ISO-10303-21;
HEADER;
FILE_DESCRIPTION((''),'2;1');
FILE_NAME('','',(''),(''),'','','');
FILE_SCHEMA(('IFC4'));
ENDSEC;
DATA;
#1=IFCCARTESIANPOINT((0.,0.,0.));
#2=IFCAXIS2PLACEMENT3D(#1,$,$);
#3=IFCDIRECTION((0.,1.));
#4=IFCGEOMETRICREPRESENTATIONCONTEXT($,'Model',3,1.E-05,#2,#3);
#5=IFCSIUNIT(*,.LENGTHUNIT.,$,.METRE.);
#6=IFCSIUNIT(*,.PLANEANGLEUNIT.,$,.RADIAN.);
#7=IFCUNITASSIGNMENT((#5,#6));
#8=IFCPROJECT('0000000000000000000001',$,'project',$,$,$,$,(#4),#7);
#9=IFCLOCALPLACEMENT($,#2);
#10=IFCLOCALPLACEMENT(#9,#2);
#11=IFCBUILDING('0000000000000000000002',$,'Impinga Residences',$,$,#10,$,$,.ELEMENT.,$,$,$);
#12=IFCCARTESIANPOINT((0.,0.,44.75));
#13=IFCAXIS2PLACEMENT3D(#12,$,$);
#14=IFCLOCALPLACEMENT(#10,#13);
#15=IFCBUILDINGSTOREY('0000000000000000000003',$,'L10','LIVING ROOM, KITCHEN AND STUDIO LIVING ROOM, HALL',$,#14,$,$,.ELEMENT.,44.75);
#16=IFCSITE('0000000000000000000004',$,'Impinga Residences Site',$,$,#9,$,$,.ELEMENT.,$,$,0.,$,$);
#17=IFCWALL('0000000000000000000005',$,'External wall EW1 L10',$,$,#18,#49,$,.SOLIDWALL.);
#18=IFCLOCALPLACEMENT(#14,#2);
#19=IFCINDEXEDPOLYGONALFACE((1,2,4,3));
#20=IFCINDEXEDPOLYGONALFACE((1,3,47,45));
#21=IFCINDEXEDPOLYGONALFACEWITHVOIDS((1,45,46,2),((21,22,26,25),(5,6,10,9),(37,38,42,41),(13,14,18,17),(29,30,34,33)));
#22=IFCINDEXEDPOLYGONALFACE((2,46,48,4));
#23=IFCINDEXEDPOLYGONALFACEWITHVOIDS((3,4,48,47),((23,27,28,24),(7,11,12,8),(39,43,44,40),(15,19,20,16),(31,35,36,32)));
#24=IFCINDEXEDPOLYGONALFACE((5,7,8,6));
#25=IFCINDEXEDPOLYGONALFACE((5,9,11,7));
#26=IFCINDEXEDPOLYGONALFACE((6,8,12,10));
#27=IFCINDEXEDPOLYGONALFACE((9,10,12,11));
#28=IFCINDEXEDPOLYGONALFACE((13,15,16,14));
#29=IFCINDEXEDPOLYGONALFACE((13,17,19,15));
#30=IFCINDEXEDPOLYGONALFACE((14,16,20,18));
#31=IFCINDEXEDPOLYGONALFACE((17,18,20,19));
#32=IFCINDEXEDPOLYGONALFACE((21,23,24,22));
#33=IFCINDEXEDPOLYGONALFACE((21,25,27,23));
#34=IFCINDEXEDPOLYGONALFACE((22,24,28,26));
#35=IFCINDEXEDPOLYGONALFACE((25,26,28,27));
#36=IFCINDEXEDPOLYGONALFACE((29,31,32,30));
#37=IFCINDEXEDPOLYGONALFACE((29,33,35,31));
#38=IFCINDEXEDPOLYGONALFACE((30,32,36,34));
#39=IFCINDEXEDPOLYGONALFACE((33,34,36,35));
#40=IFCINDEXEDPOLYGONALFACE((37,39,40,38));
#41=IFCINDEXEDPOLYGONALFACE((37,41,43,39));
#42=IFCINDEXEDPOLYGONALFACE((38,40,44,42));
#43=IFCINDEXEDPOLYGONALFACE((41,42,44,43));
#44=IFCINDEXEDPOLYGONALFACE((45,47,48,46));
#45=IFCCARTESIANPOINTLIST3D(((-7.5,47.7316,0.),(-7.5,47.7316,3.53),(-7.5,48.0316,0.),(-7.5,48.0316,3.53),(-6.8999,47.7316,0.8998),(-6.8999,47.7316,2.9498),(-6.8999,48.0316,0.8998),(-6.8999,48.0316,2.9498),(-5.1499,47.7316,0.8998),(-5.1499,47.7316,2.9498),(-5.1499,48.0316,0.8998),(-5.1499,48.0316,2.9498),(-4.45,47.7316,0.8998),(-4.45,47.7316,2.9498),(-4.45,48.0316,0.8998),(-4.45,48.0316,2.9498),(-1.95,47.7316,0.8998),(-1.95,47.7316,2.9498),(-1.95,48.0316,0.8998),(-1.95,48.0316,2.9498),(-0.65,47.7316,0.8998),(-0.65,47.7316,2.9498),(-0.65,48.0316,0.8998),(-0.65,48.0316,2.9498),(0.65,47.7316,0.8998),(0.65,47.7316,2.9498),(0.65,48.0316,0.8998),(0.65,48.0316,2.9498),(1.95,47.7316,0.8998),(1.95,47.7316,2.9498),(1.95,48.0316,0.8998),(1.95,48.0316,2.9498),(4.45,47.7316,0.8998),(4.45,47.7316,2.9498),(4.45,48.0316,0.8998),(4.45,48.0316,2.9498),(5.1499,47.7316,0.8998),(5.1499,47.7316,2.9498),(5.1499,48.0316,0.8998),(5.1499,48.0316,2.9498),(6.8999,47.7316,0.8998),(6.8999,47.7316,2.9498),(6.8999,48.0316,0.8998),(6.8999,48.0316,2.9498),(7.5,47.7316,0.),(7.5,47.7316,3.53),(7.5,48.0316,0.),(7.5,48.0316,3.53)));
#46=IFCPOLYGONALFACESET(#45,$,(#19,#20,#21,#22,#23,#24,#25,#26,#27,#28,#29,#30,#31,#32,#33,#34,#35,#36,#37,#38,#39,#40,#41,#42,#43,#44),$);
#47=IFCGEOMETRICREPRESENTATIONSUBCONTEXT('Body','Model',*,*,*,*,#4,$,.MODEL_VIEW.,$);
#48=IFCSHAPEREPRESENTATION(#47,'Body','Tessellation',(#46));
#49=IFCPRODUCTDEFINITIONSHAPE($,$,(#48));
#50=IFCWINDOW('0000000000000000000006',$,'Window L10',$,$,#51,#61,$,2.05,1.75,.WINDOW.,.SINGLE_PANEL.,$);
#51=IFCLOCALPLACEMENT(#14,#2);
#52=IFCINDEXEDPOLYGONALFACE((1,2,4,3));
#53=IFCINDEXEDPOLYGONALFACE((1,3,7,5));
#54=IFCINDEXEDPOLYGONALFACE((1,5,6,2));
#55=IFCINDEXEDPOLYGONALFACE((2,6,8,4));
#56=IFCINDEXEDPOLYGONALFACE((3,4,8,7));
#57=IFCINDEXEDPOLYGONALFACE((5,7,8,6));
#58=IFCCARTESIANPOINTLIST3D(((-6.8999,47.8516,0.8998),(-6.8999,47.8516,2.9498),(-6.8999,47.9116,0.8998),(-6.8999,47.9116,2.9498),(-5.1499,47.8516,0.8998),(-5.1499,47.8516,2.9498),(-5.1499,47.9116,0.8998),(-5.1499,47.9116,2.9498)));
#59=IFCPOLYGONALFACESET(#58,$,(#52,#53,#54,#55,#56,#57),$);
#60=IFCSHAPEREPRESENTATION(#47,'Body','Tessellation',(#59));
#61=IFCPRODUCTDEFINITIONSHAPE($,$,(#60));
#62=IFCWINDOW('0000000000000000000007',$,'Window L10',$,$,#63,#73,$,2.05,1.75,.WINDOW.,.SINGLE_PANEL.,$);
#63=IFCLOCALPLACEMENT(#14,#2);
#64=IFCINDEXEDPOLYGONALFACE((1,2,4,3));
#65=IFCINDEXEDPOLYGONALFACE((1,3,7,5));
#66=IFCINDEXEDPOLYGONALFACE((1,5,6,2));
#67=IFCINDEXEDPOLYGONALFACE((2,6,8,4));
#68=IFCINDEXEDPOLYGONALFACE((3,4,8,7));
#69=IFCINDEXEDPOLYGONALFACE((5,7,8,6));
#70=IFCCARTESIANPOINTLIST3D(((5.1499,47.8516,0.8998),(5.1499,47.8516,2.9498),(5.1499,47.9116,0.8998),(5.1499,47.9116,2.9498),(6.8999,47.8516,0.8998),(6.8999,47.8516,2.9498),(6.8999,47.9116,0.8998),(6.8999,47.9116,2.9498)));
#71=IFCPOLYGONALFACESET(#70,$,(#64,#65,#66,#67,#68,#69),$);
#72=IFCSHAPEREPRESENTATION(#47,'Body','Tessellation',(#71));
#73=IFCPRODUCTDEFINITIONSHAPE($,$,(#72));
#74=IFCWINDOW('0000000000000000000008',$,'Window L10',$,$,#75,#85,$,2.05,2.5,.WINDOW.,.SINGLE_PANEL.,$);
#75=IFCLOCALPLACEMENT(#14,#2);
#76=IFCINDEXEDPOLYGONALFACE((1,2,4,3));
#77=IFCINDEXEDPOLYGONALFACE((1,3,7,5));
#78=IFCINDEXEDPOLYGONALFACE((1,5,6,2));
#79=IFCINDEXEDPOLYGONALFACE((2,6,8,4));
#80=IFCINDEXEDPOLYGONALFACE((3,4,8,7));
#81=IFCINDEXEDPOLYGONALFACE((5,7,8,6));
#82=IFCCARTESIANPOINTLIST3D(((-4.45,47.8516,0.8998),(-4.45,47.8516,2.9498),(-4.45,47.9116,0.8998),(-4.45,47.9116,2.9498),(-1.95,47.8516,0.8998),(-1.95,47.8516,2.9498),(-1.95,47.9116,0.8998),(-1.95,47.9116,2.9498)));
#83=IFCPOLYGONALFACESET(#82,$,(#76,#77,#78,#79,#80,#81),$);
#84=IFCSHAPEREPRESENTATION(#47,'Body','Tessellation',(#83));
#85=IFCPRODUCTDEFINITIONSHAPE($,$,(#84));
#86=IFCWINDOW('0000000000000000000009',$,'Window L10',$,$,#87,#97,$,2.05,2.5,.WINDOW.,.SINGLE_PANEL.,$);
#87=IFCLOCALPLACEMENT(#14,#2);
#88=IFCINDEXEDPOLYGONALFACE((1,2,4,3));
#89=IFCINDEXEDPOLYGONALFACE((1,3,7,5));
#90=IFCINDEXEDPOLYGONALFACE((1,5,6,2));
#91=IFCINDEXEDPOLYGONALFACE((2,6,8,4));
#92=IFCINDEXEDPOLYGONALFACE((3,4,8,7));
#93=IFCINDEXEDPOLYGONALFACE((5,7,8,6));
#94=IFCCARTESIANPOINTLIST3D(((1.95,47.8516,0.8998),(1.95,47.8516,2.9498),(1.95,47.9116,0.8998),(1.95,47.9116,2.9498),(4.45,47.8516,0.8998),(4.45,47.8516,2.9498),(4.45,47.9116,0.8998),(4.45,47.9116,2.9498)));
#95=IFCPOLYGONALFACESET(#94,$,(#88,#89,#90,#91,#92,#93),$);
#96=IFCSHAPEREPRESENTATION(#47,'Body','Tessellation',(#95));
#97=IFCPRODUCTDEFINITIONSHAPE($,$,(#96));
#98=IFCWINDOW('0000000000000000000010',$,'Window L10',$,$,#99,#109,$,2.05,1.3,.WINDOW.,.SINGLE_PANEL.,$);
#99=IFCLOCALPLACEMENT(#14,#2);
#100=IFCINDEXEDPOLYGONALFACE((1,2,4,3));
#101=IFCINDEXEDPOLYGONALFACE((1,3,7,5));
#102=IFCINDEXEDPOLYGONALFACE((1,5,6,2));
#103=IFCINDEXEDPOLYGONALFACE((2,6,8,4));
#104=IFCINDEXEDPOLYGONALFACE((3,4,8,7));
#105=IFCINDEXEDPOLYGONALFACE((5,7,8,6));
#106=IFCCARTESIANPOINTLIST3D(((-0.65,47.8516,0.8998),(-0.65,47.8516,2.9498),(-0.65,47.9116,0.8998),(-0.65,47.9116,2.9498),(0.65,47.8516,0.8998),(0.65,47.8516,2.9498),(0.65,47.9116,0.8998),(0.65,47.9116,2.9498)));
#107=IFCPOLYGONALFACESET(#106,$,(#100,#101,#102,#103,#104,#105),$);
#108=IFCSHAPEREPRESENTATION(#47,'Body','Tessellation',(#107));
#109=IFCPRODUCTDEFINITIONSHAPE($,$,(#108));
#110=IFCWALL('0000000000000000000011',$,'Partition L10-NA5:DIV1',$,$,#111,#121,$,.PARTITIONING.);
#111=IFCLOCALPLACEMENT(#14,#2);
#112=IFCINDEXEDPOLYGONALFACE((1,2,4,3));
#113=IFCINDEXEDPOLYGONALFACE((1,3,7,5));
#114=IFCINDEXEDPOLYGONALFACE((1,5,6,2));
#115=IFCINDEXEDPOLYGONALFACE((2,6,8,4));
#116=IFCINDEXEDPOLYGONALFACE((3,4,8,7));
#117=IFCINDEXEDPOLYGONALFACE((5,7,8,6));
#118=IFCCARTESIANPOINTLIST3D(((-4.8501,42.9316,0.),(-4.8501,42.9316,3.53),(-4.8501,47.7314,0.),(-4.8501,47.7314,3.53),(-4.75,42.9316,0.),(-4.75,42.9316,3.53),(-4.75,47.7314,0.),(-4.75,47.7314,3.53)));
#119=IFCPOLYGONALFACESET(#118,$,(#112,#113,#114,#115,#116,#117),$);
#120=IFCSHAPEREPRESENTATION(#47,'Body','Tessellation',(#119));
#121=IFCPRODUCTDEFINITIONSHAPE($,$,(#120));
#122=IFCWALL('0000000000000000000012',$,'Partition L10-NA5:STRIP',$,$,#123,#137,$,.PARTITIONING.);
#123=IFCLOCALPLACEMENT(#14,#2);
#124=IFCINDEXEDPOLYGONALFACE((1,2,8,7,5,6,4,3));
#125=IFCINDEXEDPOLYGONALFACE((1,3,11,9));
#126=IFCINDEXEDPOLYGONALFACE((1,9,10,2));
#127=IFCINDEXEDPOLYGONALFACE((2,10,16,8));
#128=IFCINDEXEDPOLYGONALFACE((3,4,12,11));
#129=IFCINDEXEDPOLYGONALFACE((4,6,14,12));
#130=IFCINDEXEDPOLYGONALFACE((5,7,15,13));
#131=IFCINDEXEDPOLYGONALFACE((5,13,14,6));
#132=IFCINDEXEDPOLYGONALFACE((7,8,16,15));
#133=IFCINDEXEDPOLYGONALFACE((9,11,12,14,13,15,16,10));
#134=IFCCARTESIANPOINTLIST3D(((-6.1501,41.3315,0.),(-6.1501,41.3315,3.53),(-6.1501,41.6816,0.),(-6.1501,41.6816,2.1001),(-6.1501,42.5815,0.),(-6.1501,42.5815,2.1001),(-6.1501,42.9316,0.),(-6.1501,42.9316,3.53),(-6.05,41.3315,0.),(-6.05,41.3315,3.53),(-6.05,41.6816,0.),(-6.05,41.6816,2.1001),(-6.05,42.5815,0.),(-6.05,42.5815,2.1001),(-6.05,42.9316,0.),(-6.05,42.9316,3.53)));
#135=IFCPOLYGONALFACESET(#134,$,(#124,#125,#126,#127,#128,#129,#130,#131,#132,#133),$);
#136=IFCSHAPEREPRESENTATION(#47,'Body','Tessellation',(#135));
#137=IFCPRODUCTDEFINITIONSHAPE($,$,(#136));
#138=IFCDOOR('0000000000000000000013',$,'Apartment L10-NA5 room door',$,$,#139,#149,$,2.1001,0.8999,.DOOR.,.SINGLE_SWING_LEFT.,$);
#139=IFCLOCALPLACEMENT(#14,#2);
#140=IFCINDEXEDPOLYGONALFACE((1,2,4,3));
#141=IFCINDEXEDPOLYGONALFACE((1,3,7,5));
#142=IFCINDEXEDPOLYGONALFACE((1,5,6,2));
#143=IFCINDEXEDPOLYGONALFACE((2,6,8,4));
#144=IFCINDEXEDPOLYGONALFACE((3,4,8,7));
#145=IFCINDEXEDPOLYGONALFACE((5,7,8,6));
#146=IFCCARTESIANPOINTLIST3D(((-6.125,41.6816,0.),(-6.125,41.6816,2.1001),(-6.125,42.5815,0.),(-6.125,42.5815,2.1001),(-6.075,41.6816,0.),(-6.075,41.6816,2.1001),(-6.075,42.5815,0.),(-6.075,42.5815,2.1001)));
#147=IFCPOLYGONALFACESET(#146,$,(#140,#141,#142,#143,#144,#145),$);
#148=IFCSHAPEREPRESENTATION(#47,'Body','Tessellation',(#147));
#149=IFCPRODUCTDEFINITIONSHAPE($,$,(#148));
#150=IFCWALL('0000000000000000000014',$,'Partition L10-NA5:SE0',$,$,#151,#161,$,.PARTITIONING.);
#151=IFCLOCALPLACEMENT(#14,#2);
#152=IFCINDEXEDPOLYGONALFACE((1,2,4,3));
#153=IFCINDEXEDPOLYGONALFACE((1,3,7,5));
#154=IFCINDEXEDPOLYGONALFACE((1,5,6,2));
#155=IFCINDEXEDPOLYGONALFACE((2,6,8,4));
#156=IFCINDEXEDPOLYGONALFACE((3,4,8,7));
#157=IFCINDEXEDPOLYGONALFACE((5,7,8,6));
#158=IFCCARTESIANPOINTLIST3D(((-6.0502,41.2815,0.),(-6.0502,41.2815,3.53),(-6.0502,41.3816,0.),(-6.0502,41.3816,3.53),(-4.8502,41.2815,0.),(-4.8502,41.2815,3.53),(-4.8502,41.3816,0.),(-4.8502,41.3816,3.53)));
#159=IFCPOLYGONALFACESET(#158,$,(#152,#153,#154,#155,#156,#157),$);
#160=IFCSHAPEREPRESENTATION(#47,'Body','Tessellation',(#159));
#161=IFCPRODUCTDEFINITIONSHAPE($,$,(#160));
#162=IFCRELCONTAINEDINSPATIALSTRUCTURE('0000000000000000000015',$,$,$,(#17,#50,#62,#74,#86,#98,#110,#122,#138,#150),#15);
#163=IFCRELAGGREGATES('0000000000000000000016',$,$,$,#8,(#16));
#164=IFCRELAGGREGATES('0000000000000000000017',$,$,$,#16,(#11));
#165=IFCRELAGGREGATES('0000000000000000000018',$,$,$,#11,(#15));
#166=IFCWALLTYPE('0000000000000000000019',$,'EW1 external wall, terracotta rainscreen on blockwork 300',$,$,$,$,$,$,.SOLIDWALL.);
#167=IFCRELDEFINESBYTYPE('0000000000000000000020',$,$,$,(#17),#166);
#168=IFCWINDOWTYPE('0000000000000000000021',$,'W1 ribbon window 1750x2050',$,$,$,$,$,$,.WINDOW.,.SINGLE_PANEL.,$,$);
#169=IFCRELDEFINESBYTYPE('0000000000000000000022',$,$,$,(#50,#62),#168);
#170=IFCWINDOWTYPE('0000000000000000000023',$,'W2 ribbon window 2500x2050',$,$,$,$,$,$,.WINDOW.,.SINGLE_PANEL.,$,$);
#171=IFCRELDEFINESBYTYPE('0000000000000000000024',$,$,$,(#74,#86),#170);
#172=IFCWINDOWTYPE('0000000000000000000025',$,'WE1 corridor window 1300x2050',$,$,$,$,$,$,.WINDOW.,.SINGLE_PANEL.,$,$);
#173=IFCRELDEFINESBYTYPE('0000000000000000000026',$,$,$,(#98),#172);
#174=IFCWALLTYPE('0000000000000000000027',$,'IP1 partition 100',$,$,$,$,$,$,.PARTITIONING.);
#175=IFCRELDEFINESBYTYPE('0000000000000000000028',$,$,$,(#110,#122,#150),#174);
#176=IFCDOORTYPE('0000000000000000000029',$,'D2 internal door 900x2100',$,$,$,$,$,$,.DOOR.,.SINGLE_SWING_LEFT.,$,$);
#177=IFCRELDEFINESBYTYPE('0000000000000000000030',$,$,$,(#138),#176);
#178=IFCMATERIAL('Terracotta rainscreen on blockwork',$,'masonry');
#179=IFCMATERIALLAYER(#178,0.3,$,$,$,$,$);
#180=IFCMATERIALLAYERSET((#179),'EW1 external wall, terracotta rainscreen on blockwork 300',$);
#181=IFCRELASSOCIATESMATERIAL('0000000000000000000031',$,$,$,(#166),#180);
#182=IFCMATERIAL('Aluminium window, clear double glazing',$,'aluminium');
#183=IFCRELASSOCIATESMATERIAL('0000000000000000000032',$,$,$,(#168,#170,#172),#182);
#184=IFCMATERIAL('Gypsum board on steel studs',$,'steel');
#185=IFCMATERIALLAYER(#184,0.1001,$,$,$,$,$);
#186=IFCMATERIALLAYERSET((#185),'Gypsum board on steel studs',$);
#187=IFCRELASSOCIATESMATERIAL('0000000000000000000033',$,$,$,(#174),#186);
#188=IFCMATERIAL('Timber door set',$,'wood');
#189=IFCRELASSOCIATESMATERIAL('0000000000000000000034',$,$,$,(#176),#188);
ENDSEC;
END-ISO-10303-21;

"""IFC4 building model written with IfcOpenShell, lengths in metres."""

from ifc_helpers import new_model, si_unit, direction, frame, frame_2d, origin, place, context, subcontext, project, spatial, rectangle, extrude, material, layer, layer_set, type_object, element, fill, save


model = new_model("IFC4")

# Units and contexts
model_context = context("Model", 3, precision=1e-05, world=origin(), true_north=direction((0.0, 1.0)))
body_context = subcontext(model_context, "Body", "Model", "MODEL_VIEW")
ifc_project = project(units=[si_unit("LENGTHUNIT", "METRE"), si_unit("PLANEANGLEUNIT", "RADIAN")], contexts=[model_context])

# Site, building, storey
site_placement = place(None, origin())
site = spatial("IfcSite", under=ifc_project, at=site_placement, Name="Impinga Residences Site", CompositionType="ELEMENT", RefElevation=0.0)
building_placement = place(site_placement, origin())
building = spatial("IfcBuilding", under=site, at=building_placement, Name="Impinga Residences", CompositionType="ELEMENT")
storey_placement = place(building_placement, frame((0.0, 0.0, 44.75)))
storey = spatial("IfcBuildingStorey", under=building, at=storey_placement, Name="L10", Description="LIVING ROOM, KITCHEN AND STUDIO LIVING ROOM, HALL", CompositionType="ELEMENT", Elevation=44.75)

# Shared definitions
ifc_material_1 = material(Name="Terracotta rainscreen on blockwork", Category="masonry")
ifc_layer_1 = layer(ifc_material_1, 0.3)
ifc_layer_set_1 = layer_set([ifc_layer_1], Name="EW1 external wall, terracotta rainscreen on blockwork 300")
wall_type_1 = type_object("IfcWallType", Name="EW1 external wall, terracotta rainscreen on blockwork 300", PredefinedType="SOLIDWALL", material=ifc_layer_set_1)

# Wall, openings, windows
wall_1_placement = place(storey_placement, frame((-7.5, 47.8816, 0.0), z_axis=(0.0, 0.0, 1.0), x_axis=(1.0, 0.0, 0.0)))
wall_1 = element("IfcWall", 1, at=wall_1_placement, inside=storey, type_object=wall_type_1, Name="External wall EW1 L10", PredefinedType="SOLIDWALL", context=body_context, shape_type="SweptSolid", body=[
    extrude(rectangle(XDim=15.0, YDim=0.3, at=frame_2d((7.5, 0.0))), origin(), (0.0, 0.0, 1.0), 3.53),
])
opening_1_placement = place(wall_1_placement, frame((0.6001, 0.0, 0.8999)))
opening_1 = element("IfcOpeningElement", 2, at=opening_1_placement, cuts=wall_1, PredefinedType="OPENING", context=body_context, shape_type="SweptSolid", body=[
    extrude(rectangle(XDim=1.75, YDim=2.05, at=frame_2d((0.875, 1.0249))), frame((0.0, 0.1599, 0.0), z_axis=(0.0, -1.0, 0.0), x_axis=(1.0, 0.0, 0.0)), (0.0, 0.0, 1.0), 0.3201),
])
opening_2_placement = place(wall_1_placement, frame((3.05, 0.0, 0.8999)))
opening_2 = element("IfcOpeningElement", 3, at=opening_2_placement, cuts=wall_1, PredefinedType="OPENING", context=body_context, shape_type="SweptSolid", body=[
    extrude(rectangle(XDim=2.5, YDim=2.05, at=frame_2d((1.25, 1.0249))), frame((0.0, 0.1599, 0.0), z_axis=(0.0, -1.0, 0.0), x_axis=(1.0, 0.0, 0.0)), (0.0, 0.0, 1.0), 0.3201),
])
opening_3_placement = place(wall_1_placement, frame((6.8501, 0.0, 0.8999)))
opening_3 = element("IfcOpeningElement", 4, at=opening_3_placement, cuts=wall_1, PredefinedType="OPENING", context=body_context, shape_type="SweptSolid", body=[
    extrude(rectangle(XDim=1.3, YDim=2.05, at=frame_2d((0.6499, 1.0249))), frame((0.0, 0.1599, 0.0), z_axis=(0.0, -1.0, 0.0), x_axis=(1.0, 0.0, 0.0)), (0.0, 0.0, 1.0), 0.3201),
])
opening_4_placement = place(wall_1_placement, frame((9.45, 0.0, 0.8999)))
opening_4 = element("IfcOpeningElement", 5, at=opening_4_placement, cuts=wall_1, PredefinedType="OPENING", context=body_context, shape_type="SweptSolid", body=[
    extrude(rectangle(XDim=2.5, YDim=2.05, at=frame_2d((1.25, 1.0249))), frame((0.0, 0.1599, 0.0), z_axis=(0.0, -1.0, 0.0), x_axis=(1.0, 0.0, 0.0)), (0.0, 0.0, 1.0), 0.3201),
])
opening_5_placement = place(wall_1_placement, frame((12.6499, 0.0, 0.8999)))
opening_5 = element("IfcOpeningElement", 6, at=opening_5_placement, cuts=wall_1, PredefinedType="OPENING", context=body_context, shape_type="SweptSolid", body=[
    extrude(rectangle(XDim=1.75, YDim=2.05, at=frame_2d((0.875, 1.0249))), frame((0.0, 0.1599, 0.0), z_axis=(0.0, -1.0, 0.0), x_axis=(1.0, 0.0, 0.0)), (0.0, 0.0, 1.0), 0.3201),
])
ifc_material_2 = material(Name="Aluminium window, clear double glazing", Category="aluminium")
window_type_1 = type_object("IfcWindowType", Name="W1 ribbon window 1750x2050", PartitioningType="SINGLE_PANEL", PredefinedType="WINDOW", material=ifc_material_2)
window_1_placement = place(opening_1_placement, origin())
window_1 = element("IfcWindow", 7, at=window_1_placement, inside=storey, type_object=window_type_1, Name="Window L10", OverallHeight=2.05, OverallWidth=1.75, PartitioningType="SINGLE_PANEL", PredefinedType="WINDOW", context=body_context, shape_type="SweptSolid", body=[
    extrude(rectangle(XDim=1.75, YDim=2.05, at=frame_2d((0.875, 1.0249))), frame((0.0, 0.03, 0.0), z_axis=(0.0, -1.0, 0.0), x_axis=(1.0, 0.0, 0.0)), (0.0, 0.0, 1.0), 0.0601),
])
fill(opening_1, window_1)
window_2_placement = place(opening_5_placement, origin())
window_2 = element("IfcWindow", 8, at=window_2_placement, inside=storey, type_object=window_type_1, Name="Window L10", OverallHeight=2.05, OverallWidth=1.75, PartitioningType="SINGLE_PANEL", PredefinedType="WINDOW", context=body_context, shape_type="SweptSolid", body=[
    extrude(rectangle(XDim=1.75, YDim=2.05, at=frame_2d((0.875, 1.0249))), frame((0.0, 0.03, 0.0), z_axis=(0.0, -1.0, 0.0), x_axis=(1.0, 0.0, 0.0)), (0.0, 0.0, 1.0), 0.0601),
])
fill(opening_5, window_2)
window_type_2 = type_object("IfcWindowType", Name="W2 ribbon window 2500x2050", PartitioningType="SINGLE_PANEL", PredefinedType="WINDOW", material=ifc_material_2)
window_3_placement = place(opening_2_placement, origin())
window_3 = element("IfcWindow", 9, at=window_3_placement, inside=storey, type_object=window_type_2, Name="Window L10", OverallHeight=2.05, OverallWidth=2.5, PartitioningType="SINGLE_PANEL", PredefinedType="WINDOW", context=body_context, shape_type="SweptSolid", body=[
    extrude(rectangle(XDim=2.5, YDim=2.05, at=frame_2d((1.25, 1.0249))), frame((0.0, 0.03, 0.0), z_axis=(0.0, -1.0, 0.0), x_axis=(1.0, 0.0, 0.0)), (0.0, 0.0, 1.0), 0.0601),
])
fill(opening_2, window_3)
window_4_placement = place(opening_4_placement, origin())
window_4 = element("IfcWindow", 10, at=window_4_placement, inside=storey, type_object=window_type_2, Name="Window L10", OverallHeight=2.05, OverallWidth=2.5, PartitioningType="SINGLE_PANEL", PredefinedType="WINDOW", context=body_context, shape_type="SweptSolid", body=[
    extrude(rectangle(XDim=2.5, YDim=2.05, at=frame_2d((1.25, 1.0249))), frame((0.0, 0.03, 0.0), z_axis=(0.0, -1.0, 0.0), x_axis=(1.0, 0.0, 0.0)), (0.0, 0.0, 1.0), 0.0601),
])
fill(opening_4, window_4)
window_type_3 = type_object("IfcWindowType", Name="WE1 corridor window 1300x2050", PartitioningType="SINGLE_PANEL", PredefinedType="WINDOW", material=ifc_material_2)
window_5_placement = place(opening_3_placement, origin())
window_5 = element("IfcWindow", 11, at=window_5_placement, inside=storey, type_object=window_type_3, Name="Window L10", OverallHeight=2.05, OverallWidth=1.3, PartitioningType="SINGLE_PANEL", PredefinedType="WINDOW", context=body_context, shape_type="SweptSolid", body=[
    extrude(rectangle(XDim=1.3, YDim=2.05, at=frame_2d((0.6499, 1.0249))), frame((0.0, 0.03, 0.0), z_axis=(0.0, -1.0, 0.0), x_axis=(1.0, 0.0, 0.0)), (0.0, 0.0, 1.0), 0.0601),
])
fill(opening_3, window_5)

# Wall
ifc_material_3 = material(Name="Gypsum board on steel studs", Category="steel")
ifc_layer_2 = layer(ifc_material_3, 0.1001)
ifc_layer_set_2 = layer_set([ifc_layer_2], Name="Gypsum board on steel studs")
wall_type_2 = type_object("IfcWallType", Name="IP1 partition 100", PredefinedType="PARTITIONING", material=ifc_layer_set_2)
wall_2_placement = place(storey_placement, frame((-4.8, 42.9316, 0.0), z_axis=(0.0, 0.0, 1.0), x_axis=(0.0, 1.0, 0.0)))
element("IfcWall", 12, at=wall_2_placement, inside=storey, type_object=wall_type_2, Name="Partition L10-NA5:DIV1", PredefinedType="PARTITIONING", context=body_context, shape_type="SweptSolid", body=[
    extrude(rectangle(XDim=4.7998, YDim=0.1001, at=frame_2d((2.3999, 0.0))), origin(), (0.0, 0.0, 1.0), 3.53),
])

# Wall, opening, door
wall_3_placement = place(storey_placement, frame((-6.1001, 41.3315, 0.0), z_axis=(0.0, 0.0, 1.0), x_axis=(0.0, 1.0, 0.0)))
wall_3 = element("IfcWall", 13, at=wall_3_placement, inside=storey, type_object=wall_type_2, Name="Partition L10-NA5:STRIP", PredefinedType="PARTITIONING", context=body_context, shape_type="SweptSolid", body=[
    extrude(rectangle(XDim=1.6001, YDim=0.1001, at=frame_2d((0.8, 0.0))), origin(), (0.0, 0.0, 1.0), 3.53),
])
opening_6_placement = place(wall_3_placement, frame((0.3501, 0.0, 0.0)))
opening_6 = element("IfcOpeningElement", 14, at=opening_6_placement, cuts=wall_3, PredefinedType="OPENING", context=body_context, shape_type="SweptSolid", body=[
    extrude(rectangle(XDim=0.8999, YDim=2.1001, at=frame_2d((0.45, 1.05))), frame((0.0, 0.0601, 0.0), z_axis=(0.0, -1.0, 0.0), x_axis=(1.0, 0.0, 0.0)), (0.0, 0.0, 1.0), 0.1201),
])
ifc_material_4 = material(Name="Timber door set", Category="wood")
door_type = type_object("IfcDoorType", Name="D2 internal door 900x2100", OperationType="SINGLE_SWING_LEFT", PredefinedType="DOOR", material=ifc_material_4)
door_1_placement = place(opening_6_placement, origin())
door_1 = element("IfcDoor", 15, at=door_1_placement, inside=storey, type_object=door_type, Name="Apartment L10-NA5 room door", OperationType="SINGLE_SWING_LEFT", OverallHeight=2.1001, OverallWidth=0.8999, PredefinedType="DOOR", context=body_context, shape_type="SweptSolid", body=[
    extrude(rectangle(XDim=0.8999, YDim=2.1001, at=frame_2d((0.45, 1.05))), frame((0.0, 0.0249, 0.0), z_axis=(0.0, -1.0, 0.0), x_axis=(1.0, 0.0, 0.0)), (0.0, 0.0, 1.0), 0.05),
])
fill(opening_6, door_1)

# Wall
for number, where, z_axis, x_axis, name in (
    (16, (-4.8501, 41.3315, 0.0), (0.0, 0.0, 1.0), (-1.0, 0.0, 0.0), "Partition L10-NA5:SE0"),
):
    element("IfcWall", number, at=place(storey_placement, frame(where, z_axis=z_axis, x_axis=x_axis)), inside=storey, type_object=wall_type_2, Name=name, PredefinedType="PARTITIONING", context=body_context, shape_type="SweptSolid", body=[
        extrude(rectangle(XDim=1.2, YDim=0.1001, at=frame_2d((0.6001, 0.0))), origin(), (0.0, 0.0, 1.0), 3.53),
    ])

save(model, "model.ifc")
